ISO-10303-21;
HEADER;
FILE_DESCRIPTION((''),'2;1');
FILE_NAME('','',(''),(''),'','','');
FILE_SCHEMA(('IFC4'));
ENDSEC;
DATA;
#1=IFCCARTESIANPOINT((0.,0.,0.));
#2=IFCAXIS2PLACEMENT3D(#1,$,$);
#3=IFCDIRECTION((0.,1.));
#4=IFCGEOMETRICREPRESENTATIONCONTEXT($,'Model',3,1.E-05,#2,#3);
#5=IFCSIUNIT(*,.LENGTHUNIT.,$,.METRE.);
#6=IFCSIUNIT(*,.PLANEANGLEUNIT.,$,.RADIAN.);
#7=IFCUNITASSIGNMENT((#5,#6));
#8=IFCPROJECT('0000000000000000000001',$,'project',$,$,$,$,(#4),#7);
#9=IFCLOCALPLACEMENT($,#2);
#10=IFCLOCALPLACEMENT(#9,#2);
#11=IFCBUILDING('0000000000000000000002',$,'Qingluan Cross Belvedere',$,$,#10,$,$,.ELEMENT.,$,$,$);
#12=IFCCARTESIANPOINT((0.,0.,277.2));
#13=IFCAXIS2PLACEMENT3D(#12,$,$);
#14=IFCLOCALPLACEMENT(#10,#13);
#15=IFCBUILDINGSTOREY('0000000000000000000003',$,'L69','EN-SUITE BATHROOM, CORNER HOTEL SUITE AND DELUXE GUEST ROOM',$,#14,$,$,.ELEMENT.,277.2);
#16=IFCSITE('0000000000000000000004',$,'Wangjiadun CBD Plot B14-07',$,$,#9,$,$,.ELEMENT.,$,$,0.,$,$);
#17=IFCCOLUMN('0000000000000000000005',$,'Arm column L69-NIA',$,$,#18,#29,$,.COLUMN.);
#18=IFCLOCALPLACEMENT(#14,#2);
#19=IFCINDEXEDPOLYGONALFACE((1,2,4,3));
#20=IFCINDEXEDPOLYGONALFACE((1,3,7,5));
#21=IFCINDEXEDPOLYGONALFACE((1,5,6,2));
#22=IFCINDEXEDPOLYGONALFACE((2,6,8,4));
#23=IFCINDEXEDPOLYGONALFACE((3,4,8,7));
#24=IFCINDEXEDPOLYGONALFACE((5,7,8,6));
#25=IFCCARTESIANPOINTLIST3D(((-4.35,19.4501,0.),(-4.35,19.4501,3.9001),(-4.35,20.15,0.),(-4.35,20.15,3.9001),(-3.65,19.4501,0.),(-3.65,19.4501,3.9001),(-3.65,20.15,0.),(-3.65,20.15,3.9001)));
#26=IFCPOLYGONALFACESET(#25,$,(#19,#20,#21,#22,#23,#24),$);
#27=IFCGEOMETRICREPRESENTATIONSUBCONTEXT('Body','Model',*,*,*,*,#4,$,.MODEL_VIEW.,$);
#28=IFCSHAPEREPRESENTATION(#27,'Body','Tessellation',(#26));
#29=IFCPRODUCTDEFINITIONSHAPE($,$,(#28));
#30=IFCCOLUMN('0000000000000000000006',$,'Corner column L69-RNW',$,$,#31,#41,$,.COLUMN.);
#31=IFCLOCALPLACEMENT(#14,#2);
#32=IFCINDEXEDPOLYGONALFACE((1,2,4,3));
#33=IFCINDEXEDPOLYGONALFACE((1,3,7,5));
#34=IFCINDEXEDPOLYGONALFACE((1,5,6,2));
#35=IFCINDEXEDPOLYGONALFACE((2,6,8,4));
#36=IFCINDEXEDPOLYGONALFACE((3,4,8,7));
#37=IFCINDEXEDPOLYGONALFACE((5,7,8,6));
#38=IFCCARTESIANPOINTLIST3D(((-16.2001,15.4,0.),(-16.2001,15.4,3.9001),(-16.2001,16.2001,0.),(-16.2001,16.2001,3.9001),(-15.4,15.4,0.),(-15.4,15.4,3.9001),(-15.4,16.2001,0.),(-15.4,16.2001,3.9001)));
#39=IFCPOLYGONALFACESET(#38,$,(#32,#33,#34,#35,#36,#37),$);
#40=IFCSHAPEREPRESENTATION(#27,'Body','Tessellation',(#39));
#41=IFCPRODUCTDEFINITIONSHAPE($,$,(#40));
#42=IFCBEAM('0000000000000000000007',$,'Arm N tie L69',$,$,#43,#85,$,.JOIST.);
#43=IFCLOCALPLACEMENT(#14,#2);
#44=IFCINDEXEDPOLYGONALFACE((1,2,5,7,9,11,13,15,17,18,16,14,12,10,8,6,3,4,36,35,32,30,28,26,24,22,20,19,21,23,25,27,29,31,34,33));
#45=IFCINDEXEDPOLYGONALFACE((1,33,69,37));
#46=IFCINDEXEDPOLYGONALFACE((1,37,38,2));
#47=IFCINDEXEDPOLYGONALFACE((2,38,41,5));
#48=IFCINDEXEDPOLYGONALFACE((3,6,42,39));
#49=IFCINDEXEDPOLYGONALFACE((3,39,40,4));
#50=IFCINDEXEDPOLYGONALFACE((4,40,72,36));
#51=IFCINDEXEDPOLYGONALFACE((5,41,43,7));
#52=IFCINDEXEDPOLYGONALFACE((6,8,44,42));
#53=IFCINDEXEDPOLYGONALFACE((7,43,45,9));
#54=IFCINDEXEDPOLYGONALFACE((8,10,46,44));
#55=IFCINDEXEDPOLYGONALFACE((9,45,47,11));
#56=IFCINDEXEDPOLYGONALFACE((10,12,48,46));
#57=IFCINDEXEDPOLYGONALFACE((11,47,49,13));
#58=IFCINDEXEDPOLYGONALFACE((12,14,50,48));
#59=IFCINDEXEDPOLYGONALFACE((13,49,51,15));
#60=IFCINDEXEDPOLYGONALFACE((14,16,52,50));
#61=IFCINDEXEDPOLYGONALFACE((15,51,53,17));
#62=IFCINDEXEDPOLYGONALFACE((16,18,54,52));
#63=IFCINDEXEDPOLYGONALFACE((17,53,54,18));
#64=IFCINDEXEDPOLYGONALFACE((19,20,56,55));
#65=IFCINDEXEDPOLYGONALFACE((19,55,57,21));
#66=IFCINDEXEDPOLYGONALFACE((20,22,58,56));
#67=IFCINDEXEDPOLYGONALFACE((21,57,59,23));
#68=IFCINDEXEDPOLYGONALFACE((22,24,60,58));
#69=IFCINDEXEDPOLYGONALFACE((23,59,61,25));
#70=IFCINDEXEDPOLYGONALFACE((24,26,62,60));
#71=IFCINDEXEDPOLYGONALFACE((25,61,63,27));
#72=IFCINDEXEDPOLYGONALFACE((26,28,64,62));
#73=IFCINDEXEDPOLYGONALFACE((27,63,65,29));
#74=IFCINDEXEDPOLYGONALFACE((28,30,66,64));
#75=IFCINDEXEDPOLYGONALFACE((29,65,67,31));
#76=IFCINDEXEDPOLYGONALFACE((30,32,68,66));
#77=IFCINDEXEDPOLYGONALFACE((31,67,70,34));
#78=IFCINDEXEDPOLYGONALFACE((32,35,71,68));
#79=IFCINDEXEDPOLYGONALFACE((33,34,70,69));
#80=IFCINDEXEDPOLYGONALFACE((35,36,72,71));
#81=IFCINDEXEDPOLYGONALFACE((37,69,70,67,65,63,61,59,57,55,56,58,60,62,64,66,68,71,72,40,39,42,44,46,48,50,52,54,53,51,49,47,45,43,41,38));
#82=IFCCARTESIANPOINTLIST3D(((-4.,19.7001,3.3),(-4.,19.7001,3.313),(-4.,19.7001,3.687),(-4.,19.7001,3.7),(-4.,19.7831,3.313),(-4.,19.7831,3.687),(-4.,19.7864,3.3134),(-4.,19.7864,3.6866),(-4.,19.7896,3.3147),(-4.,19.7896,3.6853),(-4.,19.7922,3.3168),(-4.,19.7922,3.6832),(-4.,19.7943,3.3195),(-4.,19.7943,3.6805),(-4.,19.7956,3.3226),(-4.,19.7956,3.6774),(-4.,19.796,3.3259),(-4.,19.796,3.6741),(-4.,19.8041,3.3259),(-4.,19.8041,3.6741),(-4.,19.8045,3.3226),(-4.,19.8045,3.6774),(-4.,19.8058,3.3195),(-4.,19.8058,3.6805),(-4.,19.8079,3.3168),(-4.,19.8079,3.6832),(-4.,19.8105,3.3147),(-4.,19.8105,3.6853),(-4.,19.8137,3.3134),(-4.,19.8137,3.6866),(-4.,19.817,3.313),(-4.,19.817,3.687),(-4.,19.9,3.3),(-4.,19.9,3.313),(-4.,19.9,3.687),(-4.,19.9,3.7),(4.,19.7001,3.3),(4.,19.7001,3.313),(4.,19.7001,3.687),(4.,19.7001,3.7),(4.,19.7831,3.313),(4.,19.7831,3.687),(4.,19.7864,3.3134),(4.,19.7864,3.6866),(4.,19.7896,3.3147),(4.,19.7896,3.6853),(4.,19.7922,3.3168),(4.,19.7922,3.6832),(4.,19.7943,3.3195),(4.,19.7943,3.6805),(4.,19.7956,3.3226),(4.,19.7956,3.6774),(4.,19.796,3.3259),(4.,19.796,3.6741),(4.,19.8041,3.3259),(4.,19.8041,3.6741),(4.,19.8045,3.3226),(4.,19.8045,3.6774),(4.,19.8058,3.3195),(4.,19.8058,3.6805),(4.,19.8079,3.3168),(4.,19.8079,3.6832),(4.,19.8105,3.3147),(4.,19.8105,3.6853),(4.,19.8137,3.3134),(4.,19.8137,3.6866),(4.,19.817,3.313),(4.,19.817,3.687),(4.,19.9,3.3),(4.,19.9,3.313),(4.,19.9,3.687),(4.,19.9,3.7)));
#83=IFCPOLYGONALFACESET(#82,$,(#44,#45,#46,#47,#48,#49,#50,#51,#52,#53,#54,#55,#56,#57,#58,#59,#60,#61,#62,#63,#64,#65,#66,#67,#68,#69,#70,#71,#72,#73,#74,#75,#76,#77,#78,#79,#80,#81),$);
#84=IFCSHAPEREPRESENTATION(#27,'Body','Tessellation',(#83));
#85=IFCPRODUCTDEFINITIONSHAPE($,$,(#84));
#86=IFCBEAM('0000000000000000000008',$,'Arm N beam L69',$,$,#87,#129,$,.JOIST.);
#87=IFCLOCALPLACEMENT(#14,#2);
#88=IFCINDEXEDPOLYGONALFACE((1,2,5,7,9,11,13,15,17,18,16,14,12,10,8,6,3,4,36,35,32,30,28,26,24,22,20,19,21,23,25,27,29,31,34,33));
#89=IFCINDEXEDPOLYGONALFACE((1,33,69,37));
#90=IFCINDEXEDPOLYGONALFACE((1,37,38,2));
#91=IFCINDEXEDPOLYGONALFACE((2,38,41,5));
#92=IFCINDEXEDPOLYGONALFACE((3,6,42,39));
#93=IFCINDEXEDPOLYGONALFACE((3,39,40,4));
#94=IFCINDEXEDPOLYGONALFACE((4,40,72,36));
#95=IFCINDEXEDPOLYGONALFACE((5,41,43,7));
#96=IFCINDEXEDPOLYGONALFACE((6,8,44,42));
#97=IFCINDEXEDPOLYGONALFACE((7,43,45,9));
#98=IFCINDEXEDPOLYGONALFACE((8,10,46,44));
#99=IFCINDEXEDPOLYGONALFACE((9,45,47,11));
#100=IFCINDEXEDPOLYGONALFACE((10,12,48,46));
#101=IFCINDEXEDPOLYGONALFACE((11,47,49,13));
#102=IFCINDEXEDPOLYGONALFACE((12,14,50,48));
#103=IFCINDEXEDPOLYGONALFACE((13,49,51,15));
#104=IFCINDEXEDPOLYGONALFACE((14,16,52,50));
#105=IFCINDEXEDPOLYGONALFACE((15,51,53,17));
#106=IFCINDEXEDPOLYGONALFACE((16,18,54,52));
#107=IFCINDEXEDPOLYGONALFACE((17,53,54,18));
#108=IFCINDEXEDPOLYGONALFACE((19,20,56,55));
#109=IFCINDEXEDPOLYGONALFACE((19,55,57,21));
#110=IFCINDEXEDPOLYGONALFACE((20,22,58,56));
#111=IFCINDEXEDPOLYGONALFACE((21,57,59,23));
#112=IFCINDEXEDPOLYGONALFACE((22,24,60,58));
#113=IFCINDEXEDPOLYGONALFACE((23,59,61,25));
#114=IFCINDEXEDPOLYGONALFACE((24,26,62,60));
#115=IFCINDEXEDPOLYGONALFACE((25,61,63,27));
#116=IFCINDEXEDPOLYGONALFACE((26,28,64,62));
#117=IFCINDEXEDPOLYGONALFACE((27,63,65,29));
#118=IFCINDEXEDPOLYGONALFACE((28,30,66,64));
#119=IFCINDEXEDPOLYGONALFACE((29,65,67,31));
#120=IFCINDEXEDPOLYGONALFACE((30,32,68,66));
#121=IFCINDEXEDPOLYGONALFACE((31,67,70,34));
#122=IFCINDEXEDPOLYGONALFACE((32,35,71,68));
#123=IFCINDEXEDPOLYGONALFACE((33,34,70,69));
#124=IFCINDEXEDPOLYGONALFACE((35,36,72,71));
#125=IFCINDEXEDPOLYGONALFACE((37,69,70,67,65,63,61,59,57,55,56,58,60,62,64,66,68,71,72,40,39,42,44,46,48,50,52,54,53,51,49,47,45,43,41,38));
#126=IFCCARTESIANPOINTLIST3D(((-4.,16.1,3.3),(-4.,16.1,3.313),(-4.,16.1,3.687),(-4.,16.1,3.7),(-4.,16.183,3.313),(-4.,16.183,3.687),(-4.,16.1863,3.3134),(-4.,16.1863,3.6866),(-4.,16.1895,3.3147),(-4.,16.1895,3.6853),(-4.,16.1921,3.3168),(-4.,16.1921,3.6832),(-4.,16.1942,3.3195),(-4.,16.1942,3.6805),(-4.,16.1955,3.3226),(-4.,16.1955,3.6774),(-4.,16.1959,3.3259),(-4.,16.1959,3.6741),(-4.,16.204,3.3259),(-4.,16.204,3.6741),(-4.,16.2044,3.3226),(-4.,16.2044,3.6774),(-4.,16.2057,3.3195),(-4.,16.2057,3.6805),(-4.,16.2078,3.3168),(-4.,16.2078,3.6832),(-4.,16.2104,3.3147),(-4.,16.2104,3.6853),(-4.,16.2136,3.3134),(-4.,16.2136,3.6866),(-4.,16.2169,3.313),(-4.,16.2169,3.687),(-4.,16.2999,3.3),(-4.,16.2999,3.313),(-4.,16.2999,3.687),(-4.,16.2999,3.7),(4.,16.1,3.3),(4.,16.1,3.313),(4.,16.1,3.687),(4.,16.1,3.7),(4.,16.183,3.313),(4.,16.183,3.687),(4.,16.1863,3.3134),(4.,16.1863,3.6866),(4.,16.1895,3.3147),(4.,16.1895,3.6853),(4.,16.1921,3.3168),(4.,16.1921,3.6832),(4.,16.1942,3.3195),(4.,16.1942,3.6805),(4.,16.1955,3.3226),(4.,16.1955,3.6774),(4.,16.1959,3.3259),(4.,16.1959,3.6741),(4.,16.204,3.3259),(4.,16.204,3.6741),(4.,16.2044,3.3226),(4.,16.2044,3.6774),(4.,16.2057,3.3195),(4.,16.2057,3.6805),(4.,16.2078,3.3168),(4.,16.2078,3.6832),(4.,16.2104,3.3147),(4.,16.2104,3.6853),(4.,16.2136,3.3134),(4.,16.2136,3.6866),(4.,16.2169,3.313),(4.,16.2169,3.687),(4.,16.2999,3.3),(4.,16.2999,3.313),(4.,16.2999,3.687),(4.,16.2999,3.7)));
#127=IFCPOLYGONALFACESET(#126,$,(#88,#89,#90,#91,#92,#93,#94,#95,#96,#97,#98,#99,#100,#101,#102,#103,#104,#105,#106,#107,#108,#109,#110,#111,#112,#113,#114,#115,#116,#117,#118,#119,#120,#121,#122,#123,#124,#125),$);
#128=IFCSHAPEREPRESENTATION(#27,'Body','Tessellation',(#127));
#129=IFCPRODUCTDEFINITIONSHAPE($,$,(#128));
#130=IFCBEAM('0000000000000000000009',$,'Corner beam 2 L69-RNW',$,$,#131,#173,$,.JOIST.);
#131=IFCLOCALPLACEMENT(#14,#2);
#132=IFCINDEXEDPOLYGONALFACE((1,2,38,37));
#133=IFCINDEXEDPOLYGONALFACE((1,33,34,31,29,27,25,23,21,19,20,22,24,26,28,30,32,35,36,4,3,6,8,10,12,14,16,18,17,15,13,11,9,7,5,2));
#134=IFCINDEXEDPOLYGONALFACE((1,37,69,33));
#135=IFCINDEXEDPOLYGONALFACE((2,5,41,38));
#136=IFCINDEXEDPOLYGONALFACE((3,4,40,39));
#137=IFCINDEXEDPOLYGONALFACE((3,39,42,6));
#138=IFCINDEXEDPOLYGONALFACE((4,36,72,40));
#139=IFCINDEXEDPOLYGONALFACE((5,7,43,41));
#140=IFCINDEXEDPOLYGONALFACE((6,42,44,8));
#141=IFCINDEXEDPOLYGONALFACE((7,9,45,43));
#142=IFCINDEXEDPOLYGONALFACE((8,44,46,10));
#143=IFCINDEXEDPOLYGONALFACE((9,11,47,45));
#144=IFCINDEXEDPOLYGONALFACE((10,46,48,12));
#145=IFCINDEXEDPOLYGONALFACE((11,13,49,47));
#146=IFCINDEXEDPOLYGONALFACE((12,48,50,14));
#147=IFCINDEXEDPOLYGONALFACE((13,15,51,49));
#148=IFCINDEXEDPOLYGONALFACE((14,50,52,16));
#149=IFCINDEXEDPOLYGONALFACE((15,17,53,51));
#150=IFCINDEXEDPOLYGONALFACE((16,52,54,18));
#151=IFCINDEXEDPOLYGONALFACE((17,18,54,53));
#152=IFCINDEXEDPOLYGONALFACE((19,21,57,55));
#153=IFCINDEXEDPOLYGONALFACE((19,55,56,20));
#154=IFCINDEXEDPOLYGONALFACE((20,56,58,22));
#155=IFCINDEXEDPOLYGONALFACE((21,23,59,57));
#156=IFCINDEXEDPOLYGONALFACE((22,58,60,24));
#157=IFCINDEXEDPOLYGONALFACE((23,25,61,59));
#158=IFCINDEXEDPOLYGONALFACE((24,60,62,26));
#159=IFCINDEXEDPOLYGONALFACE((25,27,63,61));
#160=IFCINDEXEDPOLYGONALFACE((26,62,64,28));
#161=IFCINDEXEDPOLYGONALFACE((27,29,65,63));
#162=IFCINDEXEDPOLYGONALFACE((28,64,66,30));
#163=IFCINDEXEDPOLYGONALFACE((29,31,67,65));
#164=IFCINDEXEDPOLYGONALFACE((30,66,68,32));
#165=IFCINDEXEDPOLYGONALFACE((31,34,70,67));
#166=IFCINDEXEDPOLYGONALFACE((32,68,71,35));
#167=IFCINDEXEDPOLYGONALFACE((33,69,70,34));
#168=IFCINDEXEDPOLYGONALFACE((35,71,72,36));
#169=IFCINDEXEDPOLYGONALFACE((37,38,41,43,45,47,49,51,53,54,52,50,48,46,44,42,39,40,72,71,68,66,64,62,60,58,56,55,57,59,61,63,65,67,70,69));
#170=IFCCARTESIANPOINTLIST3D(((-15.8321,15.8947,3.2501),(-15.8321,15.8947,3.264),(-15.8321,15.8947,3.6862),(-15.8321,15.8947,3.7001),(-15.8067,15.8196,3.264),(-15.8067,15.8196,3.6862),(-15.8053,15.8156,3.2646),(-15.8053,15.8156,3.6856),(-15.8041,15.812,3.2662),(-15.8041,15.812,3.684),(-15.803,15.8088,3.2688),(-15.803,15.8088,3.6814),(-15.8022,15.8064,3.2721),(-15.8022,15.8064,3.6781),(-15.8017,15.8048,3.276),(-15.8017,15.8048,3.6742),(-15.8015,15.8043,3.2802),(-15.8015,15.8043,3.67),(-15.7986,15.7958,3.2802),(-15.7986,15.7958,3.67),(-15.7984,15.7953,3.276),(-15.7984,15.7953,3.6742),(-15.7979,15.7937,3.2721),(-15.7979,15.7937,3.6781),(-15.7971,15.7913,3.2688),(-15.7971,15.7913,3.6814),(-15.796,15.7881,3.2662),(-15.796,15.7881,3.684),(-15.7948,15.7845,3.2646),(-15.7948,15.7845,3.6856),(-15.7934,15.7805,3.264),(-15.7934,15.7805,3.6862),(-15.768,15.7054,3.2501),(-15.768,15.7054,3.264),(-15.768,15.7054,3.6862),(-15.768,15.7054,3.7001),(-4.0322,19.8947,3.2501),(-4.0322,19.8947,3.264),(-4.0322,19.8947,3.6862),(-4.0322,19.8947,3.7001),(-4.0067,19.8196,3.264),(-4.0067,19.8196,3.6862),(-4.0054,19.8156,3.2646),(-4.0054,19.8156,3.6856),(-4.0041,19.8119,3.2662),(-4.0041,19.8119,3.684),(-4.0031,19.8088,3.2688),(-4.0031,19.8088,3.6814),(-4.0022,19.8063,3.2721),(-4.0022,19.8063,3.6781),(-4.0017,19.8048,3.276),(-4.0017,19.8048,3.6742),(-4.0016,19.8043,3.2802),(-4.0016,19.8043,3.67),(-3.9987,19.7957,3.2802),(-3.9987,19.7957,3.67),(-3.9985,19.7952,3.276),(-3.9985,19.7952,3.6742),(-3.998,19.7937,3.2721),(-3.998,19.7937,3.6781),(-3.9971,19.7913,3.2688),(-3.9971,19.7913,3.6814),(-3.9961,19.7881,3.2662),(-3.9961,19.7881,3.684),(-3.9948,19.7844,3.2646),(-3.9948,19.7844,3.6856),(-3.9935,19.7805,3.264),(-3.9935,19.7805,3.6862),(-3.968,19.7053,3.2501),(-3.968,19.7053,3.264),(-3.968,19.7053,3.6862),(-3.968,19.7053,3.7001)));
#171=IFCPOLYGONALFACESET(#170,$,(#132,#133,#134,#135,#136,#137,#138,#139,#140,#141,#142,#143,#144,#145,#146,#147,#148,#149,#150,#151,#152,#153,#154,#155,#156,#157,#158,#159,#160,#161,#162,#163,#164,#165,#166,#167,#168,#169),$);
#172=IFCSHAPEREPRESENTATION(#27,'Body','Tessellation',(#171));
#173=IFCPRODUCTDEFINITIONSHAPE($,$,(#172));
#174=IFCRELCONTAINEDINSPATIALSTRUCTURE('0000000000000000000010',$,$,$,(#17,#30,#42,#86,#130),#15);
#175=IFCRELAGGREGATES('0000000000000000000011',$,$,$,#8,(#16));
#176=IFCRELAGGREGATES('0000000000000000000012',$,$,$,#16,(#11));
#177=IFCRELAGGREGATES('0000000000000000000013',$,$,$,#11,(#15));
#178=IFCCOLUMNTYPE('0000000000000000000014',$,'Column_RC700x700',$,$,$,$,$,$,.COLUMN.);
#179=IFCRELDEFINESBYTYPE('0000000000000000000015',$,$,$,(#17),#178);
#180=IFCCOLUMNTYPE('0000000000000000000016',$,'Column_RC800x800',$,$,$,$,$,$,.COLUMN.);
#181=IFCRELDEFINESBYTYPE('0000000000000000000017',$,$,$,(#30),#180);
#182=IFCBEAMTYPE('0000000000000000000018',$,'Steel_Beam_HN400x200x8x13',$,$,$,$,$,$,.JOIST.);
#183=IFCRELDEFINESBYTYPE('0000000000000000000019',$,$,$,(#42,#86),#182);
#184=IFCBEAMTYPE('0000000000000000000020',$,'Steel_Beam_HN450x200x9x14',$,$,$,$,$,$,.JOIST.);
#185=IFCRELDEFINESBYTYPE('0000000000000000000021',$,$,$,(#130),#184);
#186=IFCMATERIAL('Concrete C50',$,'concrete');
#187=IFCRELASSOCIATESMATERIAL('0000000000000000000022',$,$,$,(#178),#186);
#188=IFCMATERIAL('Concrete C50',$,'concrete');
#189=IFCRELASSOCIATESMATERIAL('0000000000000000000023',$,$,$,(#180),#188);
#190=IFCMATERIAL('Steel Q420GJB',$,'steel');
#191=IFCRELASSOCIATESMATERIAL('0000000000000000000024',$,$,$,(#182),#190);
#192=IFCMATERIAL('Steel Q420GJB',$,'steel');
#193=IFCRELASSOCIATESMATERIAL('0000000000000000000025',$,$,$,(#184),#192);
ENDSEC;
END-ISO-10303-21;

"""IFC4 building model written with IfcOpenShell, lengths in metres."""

from ifc_helpers import new_model, si_unit, direction, frame, origin, origin_2d, place, context, subcontext, project, spatial, rectangle, i_section, extrude, material, material_profile, profile_set, type_object, element, save


model = new_model("IFC4")

# Units and contexts
model_context = context("Model", 3, precision=1e-05, world=origin(), true_north=direction((0.0, 1.0)))
body_context = subcontext(model_context, "Body", "Model", "MODEL_VIEW")
ifc_project = project(units=[si_unit("LENGTHUNIT", "METRE"), si_unit("PLANEANGLEUNIT", "RADIAN")], contexts=[model_context])

# Site, building, storey
site_placement = place(None, origin())
site = spatial("IfcSite", under=ifc_project, at=site_placement, Name="Wangjiadun CBD Plot B14-07", CompositionType="ELEMENT", RefElevation=0.0)
building_placement = place(site_placement, origin())
building = spatial("IfcBuilding", under=site, at=building_placement, Name="Qingluan Cross Belvedere", CompositionType="ELEMENT")
storey_placement = place(building_placement, frame((0.0, 0.0, 277.2)))
storey = spatial("IfcBuildingStorey", under=building, at=storey_placement, Name="L69", Description="EN-SUITE BATHROOM, CORNER HOTEL SUITE AND DELUXE GUEST ROOM", CompositionType="ELEMENT", Elevation=277.2)

# Columns
ifc_material_1 = material(Name="Concrete C50", Category="concrete")
ifc_material_profile_1 = material_profile(ifc_material_1, rectangle(XDim=0.7, YDim=0.7, at=origin_2d()), Name="RC700x700")
ifc_profile_set_1 = profile_set([ifc_material_profile_1], Name="Concrete C50")
column_type_1 = type_object("IfcColumnType", Name="Column_RC700x700", PredefinedType="COLUMN", material=ifc_profile_set_1)
column_1_placement = place(storey_placement, frame((-4.0, 19.8, 0.0), z_axis=(0.0, 0.0, 1.0), x_axis=(1.0, 0.0, 0.0)))
element("IfcColumn", 1, at=column_1_placement, inside=storey, type_object=column_type_1, Name="Arm column L69-NIA", PredefinedType="COLUMN", context=body_context, shape_type="SweptSolid", body=[
    extrude(rectangle(XDim=0.7, YDim=0.7, at=origin_2d()), origin(), (0.0, 0.0, 1.0), 3.9001),
])
ifc_material_2 = material(Name="Concrete C50", Category="concrete")
ifc_material_profile_2 = material_profile(ifc_material_2, rectangle(XDim=0.8, YDim=0.8, at=origin_2d()), Name="RC800x800")
ifc_profile_set_2 = profile_set([ifc_material_profile_2], Name="Concrete C50")
column_type_2 = type_object("IfcColumnType", Name="Column_RC800x800", PredefinedType="COLUMN", material=ifc_profile_set_2)
column_2_placement = place(storey_placement, frame((-15.8, 15.8, 0.0), z_axis=(0.0, 0.0, 1.0), x_axis=(1.0, 0.0, 0.0)))
element("IfcColumn", 2, at=column_2_placement, inside=storey, type_object=column_type_2, Name="Corner column L69-RNW", PredefinedType="COLUMN", context=body_context, shape_type="SweptSolid", body=[
    extrude(rectangle(XDim=0.8, YDim=0.8, at=origin_2d()), origin(), (0.0, 0.0, 1.0), 3.9001),
])

# Beams
ifc_material_3 = material(Name="Steel Q420GJB", Category="steel")
ifc_material_profile_3 = material_profile(ifc_material_3, i_section(OverallWidth=0.2, OverallDepth=0.3999, WebThickness=0.0081, FlangeThickness=0.0129, FilletRadius=0.0129, at=origin_2d()), Name="HN400x200x8x13")
ifc_profile_set_3 = profile_set([ifc_material_profile_3], Name="Steel Q420GJB")
beam_type_1 = type_object("IfcBeamType", Name="Steel_Beam_HN400x200x8x13", PredefinedType="JOIST", material=ifc_profile_set_3)
for number, where, z_axis, x_axis, name in (
    (3, (-4.0, 19.8, 3.5), (1.0, 0.0, 0.0), (0.0, 1.0, 0.0), "Arm N tie L69"),
    (4, (-4.0, 16.2, 3.5), (1.0, 0.0, 0.0), (0.0, 1.0, 0.0), "Arm N beam L69"),
):
    element("IfcBeam", number, at=place(storey_placement, frame(where, z_axis=z_axis, x_axis=x_axis)), inside=storey, type_object=beam_type_1, Name=name, PredefinedType="JOIST", context=body_context, shape_type="SweptSolid", body=[
        extrude(i_section(OverallWidth=0.2, OverallDepth=0.3999, WebThickness=0.0081, FlangeThickness=0.0129, FilletRadius=0.0129, at=origin_2d()), origin(), (0.0, 0.0, 1.0), 8.0),
    ])
ifc_material_4 = material(Name="Steel Q420GJB", Category="steel")
ifc_material_profile_4 = material_profile(ifc_material_4, i_section(OverallWidth=0.2, OverallDepth=0.45, WebThickness=0.009, FlangeThickness=0.0139, FilletRadius=0.0161, at=origin_2d()), Name="HN450x200x9x14")
ifc_profile_set_4 = profile_set([ifc_material_profile_4], Name="Steel Q420GJB")
beam_type_2 = type_object("IfcBeamType", Name="Steel_Beam_HN450x200x9x14", PredefinedType="JOIST", material=ifc_profile_set_4)
for number, where, z_axis, x_axis, name in (
    (5, (-15.8, 15.8, 3.4751), (0.947066, 0.321038, 0.0), (-0.321038, 0.947066, 0.0), "Corner beam 2 L69-RNW"),
):
    element("IfcBeam", number, at=place(storey_placement, frame(where, z_axis=z_axis, x_axis=x_axis)), inside=storey, type_object=beam_type_2, Name=name, PredefinedType="JOIST", context=body_context, shape_type="SweptSolid", body=[
        extrude(i_section(OverallWidth=0.2, OverallDepth=0.45, WebThickness=0.009, FlangeThickness=0.0139, FilletRadius=0.0161, at=origin_2d()), origin(), (0.0, 0.0, 1.0), 12.4595),
    ])

save(model, "model.ifc")
